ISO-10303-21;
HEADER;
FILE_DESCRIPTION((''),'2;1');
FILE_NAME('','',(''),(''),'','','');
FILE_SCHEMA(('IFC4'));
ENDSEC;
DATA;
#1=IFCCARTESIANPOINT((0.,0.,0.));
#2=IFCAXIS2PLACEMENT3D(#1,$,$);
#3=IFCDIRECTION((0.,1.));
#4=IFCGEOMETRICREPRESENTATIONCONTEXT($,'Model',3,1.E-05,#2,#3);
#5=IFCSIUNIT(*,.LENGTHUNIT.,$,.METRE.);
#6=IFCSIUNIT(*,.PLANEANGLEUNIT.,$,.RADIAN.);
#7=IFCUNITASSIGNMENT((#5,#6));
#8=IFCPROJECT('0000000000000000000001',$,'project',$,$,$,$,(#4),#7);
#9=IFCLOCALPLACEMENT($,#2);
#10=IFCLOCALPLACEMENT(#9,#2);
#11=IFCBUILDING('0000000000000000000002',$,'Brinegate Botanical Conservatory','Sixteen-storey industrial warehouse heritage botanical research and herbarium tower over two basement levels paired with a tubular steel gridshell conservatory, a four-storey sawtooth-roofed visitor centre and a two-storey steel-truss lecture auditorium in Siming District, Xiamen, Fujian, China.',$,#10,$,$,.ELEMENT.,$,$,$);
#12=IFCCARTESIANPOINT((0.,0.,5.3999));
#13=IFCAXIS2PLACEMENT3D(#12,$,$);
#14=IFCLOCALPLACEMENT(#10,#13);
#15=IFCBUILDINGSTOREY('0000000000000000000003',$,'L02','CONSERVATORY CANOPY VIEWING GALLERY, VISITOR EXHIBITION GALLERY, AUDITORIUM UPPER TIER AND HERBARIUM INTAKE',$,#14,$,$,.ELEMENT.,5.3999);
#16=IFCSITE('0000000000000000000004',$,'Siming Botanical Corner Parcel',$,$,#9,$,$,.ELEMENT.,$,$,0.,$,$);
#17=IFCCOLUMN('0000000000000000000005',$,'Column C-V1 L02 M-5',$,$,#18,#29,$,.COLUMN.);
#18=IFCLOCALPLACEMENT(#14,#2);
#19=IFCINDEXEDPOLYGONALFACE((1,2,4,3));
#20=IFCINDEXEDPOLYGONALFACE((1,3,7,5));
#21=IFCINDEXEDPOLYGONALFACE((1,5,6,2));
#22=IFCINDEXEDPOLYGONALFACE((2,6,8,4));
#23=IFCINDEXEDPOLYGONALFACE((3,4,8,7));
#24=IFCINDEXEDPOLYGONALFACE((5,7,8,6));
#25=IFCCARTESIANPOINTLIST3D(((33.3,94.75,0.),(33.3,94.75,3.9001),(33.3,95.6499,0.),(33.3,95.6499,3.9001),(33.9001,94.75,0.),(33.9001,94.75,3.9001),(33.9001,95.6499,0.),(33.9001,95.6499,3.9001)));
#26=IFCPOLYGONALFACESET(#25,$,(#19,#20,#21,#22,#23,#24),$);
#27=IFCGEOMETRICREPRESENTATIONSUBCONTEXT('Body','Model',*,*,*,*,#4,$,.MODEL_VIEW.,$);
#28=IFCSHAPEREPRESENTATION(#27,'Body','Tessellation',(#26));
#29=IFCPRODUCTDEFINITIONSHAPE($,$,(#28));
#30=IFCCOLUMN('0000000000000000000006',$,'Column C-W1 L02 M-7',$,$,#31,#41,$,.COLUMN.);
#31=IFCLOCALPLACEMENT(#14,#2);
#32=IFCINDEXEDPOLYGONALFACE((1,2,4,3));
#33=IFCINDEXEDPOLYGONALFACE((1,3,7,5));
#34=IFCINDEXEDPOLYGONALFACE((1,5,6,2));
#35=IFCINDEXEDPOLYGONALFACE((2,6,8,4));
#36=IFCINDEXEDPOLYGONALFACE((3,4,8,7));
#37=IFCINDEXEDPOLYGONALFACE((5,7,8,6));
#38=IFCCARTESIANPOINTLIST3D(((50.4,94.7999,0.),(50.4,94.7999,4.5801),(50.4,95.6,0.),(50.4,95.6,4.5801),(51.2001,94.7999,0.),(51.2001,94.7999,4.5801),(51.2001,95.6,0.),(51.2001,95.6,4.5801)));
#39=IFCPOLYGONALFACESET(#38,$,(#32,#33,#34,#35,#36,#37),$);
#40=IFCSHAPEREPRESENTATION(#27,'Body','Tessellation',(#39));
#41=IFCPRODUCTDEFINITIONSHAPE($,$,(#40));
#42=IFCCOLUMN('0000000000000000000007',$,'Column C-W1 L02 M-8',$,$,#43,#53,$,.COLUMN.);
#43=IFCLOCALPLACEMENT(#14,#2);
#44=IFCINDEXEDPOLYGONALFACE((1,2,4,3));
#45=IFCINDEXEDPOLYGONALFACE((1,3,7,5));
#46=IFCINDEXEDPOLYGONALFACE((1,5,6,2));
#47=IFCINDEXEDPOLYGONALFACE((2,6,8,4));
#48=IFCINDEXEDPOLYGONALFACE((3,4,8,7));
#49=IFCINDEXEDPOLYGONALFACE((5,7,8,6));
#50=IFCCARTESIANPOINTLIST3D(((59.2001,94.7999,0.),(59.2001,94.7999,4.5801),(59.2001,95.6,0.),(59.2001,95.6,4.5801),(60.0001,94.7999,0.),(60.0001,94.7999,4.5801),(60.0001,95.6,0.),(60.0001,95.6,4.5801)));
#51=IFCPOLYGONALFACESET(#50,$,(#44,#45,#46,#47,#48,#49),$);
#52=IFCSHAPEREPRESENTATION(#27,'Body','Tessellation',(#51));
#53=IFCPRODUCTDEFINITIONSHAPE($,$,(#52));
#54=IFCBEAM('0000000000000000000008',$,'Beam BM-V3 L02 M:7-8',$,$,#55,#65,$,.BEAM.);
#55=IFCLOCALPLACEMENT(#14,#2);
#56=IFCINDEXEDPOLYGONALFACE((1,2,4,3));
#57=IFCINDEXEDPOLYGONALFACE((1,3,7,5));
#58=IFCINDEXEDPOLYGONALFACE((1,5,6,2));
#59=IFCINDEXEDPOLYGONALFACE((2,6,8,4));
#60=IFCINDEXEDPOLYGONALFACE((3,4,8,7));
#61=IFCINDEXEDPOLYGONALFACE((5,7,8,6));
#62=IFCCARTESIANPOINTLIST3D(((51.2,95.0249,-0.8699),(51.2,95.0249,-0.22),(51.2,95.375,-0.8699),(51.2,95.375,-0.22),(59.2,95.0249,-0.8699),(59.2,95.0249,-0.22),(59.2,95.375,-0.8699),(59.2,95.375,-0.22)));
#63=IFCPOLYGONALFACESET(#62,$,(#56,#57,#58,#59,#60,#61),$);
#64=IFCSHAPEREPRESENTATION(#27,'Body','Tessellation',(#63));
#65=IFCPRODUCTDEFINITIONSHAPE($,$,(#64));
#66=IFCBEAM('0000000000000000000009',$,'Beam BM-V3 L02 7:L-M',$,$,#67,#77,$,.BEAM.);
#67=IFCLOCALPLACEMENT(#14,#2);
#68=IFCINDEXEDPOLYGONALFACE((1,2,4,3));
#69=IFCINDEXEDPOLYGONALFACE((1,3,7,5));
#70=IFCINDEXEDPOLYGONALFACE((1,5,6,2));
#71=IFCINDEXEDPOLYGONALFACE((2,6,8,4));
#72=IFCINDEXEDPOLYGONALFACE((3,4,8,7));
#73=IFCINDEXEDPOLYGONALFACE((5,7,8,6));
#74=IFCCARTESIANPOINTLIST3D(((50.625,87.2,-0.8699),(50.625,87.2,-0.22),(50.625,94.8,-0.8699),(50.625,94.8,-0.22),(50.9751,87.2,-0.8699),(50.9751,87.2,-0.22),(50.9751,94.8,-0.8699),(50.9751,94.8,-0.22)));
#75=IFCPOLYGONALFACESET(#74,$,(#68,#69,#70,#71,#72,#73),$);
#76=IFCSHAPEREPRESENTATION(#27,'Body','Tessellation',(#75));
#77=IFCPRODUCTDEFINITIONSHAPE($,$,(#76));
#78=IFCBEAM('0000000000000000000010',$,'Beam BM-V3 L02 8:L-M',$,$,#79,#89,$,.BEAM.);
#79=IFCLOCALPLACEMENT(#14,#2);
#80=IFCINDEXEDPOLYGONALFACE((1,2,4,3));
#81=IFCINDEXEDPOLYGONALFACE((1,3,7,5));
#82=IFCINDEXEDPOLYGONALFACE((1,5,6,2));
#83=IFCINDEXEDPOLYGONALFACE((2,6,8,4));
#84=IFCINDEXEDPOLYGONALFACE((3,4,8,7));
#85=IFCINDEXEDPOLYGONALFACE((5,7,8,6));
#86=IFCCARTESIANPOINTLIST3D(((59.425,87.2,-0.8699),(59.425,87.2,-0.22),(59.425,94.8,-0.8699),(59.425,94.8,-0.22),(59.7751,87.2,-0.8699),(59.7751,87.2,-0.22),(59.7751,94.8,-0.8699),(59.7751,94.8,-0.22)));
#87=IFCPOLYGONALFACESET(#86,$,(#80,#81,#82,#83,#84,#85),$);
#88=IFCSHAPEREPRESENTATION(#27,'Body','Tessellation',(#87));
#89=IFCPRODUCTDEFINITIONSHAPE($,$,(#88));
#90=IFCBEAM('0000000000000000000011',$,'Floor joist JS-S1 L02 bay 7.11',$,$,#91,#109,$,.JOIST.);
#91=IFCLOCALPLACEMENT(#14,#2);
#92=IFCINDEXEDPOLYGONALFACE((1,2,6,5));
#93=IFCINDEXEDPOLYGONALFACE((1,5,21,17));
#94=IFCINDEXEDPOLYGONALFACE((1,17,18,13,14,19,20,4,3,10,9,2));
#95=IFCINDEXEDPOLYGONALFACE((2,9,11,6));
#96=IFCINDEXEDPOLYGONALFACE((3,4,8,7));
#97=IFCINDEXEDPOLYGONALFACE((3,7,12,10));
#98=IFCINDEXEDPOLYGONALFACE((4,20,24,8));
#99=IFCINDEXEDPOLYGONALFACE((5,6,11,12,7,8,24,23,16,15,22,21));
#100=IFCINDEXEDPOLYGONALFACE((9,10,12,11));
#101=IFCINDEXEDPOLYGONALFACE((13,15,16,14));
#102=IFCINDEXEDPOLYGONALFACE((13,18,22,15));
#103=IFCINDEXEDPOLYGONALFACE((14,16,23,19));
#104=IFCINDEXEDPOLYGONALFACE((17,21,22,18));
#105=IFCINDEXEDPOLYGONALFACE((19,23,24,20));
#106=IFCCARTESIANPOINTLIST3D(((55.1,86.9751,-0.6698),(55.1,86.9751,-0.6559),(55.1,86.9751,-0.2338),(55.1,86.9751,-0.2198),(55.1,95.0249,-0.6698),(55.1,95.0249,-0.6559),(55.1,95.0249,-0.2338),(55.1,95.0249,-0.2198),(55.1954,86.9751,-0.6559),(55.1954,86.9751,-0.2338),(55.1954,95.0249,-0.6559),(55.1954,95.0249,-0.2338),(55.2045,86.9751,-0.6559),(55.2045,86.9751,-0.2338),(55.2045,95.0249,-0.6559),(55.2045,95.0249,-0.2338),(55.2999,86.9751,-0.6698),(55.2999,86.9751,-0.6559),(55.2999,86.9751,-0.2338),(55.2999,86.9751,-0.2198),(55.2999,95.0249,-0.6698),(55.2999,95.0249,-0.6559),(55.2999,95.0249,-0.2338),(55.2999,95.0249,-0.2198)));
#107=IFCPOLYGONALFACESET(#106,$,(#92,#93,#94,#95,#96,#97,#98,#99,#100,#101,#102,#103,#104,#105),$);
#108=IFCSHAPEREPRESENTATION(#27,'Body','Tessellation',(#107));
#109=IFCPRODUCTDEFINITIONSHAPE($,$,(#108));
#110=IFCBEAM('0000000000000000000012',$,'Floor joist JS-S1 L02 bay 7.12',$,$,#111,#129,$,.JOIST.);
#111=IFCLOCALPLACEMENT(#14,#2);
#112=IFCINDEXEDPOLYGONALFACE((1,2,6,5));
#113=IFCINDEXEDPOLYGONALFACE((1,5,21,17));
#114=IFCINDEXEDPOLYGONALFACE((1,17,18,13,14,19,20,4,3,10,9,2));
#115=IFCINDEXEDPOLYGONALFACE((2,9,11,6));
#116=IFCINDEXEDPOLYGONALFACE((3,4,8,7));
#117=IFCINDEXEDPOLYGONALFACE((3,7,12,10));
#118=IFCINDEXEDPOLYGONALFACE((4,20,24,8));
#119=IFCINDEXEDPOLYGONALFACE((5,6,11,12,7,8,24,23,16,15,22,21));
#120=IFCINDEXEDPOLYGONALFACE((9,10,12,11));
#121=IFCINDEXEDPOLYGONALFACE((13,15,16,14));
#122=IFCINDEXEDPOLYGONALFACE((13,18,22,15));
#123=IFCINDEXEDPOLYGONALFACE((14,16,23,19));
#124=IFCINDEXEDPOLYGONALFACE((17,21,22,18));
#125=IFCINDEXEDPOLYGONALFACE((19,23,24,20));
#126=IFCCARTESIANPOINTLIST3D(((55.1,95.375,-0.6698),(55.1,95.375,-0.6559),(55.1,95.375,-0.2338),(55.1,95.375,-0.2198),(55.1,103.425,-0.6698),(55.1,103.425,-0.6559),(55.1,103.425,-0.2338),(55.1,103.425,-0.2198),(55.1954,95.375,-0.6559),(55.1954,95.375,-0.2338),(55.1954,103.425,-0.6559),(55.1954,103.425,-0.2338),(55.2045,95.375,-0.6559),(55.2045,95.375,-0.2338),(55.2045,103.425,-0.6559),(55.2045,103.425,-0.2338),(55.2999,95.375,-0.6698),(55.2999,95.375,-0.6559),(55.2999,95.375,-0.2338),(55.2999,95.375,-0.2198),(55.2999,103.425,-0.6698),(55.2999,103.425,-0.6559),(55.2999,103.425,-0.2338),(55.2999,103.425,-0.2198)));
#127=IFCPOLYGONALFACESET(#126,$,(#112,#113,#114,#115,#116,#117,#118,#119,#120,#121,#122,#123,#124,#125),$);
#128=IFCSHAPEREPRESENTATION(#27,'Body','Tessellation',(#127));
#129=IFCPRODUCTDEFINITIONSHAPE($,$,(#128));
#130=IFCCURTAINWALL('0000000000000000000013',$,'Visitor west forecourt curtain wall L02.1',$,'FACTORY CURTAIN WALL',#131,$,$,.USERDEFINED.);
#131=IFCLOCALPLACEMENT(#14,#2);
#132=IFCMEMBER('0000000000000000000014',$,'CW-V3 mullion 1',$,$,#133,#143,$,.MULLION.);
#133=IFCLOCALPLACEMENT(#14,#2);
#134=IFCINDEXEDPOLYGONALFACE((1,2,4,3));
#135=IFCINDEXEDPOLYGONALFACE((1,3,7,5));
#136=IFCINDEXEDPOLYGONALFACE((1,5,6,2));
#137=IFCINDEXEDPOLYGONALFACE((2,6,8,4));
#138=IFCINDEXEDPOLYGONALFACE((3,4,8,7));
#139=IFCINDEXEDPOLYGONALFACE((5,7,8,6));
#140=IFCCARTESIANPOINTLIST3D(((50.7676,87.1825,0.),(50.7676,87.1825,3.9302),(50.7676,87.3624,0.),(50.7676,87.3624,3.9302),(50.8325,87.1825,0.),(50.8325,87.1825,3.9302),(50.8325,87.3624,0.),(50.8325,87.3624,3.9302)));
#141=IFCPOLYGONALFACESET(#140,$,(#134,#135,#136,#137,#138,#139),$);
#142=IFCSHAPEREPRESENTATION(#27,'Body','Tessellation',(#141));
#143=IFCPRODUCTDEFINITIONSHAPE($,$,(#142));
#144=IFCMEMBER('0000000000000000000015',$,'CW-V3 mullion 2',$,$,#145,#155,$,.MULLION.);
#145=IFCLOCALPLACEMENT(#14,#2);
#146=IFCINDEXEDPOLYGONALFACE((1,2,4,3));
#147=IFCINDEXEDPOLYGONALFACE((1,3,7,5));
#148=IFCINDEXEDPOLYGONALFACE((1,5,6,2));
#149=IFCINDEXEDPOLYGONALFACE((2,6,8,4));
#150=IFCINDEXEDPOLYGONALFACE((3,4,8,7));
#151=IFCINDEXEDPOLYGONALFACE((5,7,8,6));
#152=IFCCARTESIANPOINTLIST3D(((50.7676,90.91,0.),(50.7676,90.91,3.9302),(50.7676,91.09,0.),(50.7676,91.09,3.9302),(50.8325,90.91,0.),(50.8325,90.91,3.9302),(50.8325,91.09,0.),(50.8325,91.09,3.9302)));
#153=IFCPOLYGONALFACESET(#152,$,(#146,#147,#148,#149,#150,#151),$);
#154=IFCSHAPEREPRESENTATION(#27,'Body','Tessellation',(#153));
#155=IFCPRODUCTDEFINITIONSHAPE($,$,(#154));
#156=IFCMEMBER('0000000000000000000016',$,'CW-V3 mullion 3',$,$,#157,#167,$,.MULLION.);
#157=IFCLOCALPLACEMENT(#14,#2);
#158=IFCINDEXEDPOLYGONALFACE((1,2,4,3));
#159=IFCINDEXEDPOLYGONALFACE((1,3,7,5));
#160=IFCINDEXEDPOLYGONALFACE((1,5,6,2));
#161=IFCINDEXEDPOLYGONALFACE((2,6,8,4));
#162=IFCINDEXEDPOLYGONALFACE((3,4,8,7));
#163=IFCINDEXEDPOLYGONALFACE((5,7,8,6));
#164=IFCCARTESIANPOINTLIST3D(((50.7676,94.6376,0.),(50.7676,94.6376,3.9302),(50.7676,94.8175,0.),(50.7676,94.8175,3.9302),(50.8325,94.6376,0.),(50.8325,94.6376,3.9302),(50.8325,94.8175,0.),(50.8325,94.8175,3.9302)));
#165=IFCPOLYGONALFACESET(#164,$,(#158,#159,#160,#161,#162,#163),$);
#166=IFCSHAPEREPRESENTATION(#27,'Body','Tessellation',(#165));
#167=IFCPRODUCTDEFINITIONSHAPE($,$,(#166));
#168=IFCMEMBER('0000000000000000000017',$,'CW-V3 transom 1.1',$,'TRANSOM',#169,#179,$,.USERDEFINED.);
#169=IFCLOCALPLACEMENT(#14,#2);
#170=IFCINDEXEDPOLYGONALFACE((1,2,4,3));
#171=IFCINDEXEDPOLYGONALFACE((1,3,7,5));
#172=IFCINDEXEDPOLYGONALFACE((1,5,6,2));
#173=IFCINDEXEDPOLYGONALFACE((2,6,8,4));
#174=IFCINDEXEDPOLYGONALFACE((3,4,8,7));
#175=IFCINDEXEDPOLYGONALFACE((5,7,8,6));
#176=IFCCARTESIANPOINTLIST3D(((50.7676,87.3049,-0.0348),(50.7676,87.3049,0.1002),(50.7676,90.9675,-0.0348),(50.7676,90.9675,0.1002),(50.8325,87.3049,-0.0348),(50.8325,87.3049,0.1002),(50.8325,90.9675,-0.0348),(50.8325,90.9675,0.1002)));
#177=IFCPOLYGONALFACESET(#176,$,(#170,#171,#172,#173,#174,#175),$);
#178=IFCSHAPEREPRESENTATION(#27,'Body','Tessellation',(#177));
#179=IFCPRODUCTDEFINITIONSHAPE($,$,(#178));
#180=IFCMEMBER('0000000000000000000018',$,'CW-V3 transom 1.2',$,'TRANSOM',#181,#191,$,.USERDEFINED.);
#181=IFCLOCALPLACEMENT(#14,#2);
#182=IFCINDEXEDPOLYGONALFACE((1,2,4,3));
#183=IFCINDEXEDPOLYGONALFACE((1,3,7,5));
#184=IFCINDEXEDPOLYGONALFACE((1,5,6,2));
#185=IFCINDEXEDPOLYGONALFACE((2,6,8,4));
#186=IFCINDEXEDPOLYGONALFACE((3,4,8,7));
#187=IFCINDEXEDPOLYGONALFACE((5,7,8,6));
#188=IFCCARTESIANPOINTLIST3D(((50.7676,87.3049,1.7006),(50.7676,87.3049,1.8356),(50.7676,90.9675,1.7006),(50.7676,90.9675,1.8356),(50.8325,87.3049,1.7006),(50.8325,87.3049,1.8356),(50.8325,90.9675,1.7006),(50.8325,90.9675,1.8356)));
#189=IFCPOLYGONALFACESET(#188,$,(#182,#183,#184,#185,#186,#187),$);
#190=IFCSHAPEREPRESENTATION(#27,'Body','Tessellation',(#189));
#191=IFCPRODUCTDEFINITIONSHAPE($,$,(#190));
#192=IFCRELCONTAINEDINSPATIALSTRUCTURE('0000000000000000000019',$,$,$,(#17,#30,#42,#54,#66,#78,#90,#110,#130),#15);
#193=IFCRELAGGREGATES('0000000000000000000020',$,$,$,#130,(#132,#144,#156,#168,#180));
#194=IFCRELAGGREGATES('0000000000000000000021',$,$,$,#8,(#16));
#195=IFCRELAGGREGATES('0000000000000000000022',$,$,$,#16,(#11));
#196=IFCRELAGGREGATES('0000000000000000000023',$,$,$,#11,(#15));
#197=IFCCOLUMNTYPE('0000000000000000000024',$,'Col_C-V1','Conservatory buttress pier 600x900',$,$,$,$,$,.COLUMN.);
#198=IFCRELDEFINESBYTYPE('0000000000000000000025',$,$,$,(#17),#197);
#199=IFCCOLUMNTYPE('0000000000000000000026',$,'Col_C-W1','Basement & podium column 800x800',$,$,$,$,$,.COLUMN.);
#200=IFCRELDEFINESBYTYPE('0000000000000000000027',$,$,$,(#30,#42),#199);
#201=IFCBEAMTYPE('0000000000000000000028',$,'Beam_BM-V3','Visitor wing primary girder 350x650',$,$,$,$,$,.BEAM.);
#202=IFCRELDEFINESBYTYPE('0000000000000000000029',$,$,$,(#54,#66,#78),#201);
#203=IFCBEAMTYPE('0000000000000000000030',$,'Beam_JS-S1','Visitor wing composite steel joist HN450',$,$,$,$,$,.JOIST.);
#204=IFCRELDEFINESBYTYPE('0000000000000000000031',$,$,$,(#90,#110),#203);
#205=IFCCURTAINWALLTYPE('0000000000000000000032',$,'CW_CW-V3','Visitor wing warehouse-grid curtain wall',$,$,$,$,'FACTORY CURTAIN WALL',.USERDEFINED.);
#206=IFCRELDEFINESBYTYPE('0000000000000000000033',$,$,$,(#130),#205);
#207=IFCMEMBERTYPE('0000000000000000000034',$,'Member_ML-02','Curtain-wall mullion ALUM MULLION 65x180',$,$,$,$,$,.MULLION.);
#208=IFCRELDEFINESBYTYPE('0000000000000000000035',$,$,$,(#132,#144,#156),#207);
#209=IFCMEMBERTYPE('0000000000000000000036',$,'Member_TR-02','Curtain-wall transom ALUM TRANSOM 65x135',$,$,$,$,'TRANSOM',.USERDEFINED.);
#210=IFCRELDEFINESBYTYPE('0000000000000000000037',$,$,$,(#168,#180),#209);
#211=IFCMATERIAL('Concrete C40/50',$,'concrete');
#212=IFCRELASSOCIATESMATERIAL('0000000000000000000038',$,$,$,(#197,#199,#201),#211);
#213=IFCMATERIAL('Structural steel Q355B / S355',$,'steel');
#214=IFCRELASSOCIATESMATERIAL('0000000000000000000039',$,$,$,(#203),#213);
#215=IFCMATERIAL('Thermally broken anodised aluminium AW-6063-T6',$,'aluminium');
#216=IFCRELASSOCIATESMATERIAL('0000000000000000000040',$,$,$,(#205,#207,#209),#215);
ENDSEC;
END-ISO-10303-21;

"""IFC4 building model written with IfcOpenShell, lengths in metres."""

from ifc_helpers import new_model, si_unit, direction, frame, origin, origin_2d, place, context, subcontext, project, spatial, rectangle, i_section, extrude, material, material_profile, profile_set, type_object, element, aggregate, save


model = new_model("IFC4")

# Units and contexts
model_context = context("Model", 3, precision=1e-05, world=origin(), true_north=direction((0.0, 1.0)))
body_context = subcontext(model_context, "Body", "Model", "MODEL_VIEW")
ifc_project = project(units=[si_unit("LENGTHUNIT", "METRE"), si_unit("PLANEANGLEUNIT", "RADIAN")], contexts=[model_context])

# Site, building, storey
site_placement = place(None, origin())
site = spatial("IfcSite", under=ifc_project, at=site_placement, Name="Siming Botanical Corner Parcel", CompositionType="ELEMENT", RefElevation=0.0)
building_placement = place(site_placement, origin())
building = spatial("IfcBuilding", under=site, at=building_placement, Name="Brinegate Botanical Conservatory", Description="Sixteen-storey industrial warehouse heritage botanical research and herbarium tower over two basement levels paired with a tubular steel gridshell conservatory, a four-storey sawtooth-roofed visitor centre and a two-storey steel-truss lecture auditorium in Siming District, Xiamen, Fujian, China.", CompositionType="ELEMENT")
storey_placement = place(building_placement, frame((0.0, 0.0, 5.3999)))
storey = spatial("IfcBuildingStorey", under=building, at=storey_placement, Name="L02", Description="CONSERVATORY CANOPY VIEWING GALLERY, VISITOR EXHIBITION GALLERY, AUDITORIUM UPPER TIER AND HERBARIUM INTAKE", CompositionType="ELEMENT", Elevation=5.3999)

# Columns
ifc_material_1 = material(Name="Concrete C40/50", Category="concrete")
ifc_material_profile_1 = material_profile(ifc_material_1, rectangle(XDim=0.6001, YDim=0.8999, at=origin_2d()), Name="RC PIER 600x900")
ifc_profile_set_1 = profile_set([ifc_material_profile_1], Name="Concrete C40/50")
column_type_1 = type_object("IfcColumnType", Name="Col_C-V1", Description="Conservatory buttress pier 600x900", PredefinedType="COLUMN", material=ifc_profile_set_1)
column_placement = place(storey_placement, frame((33.6001, 95.2, 0.0), z_axis=(0.0, 0.0, 1.0), x_axis=(1.0, 0.0, 0.0)))
element("IfcColumn", 1, at=column_placement, inside=storey, type_object=column_type_1, Name="Column C-V1 L02 M-5", PredefinedType="COLUMN", context=body_context, shape_type="SweptSolid", body=[
    extrude(rectangle(XDim=0.6001, YDim=0.8999, at=origin_2d()), origin(), (0.0, 0.0, 1.0), 3.9001),
])
ifc_material_profile_2 = material_profile(ifc_material_1, rectangle(XDim=0.8, YDim=0.8, at=origin_2d()), Name="RC COL 800x800")
ifc_profile_set_2 = profile_set([ifc_material_profile_2], Name="Concrete C40/50")
column_type_2 = type_object("IfcColumnType", Name="Col_C-W1", Description="Basement & podium column 800x800", PredefinedType="COLUMN", material=ifc_profile_set_2)
for number, where, z_axis, x_axis, name in (
    (2, (50.8, 95.2, 0.0), (0.0, 0.0, 1.0), (1.0, 0.0, 0.0), "Column C-W1 L02 M-7"),
    (3, (59.6001, 95.2, 0.0), (0.0, 0.0, 1.0), (1.0, 0.0, 0.0), "Column C-W1 L02 M-8"),
):
    element("IfcColumn", number, at=place(storey_placement, frame(where, z_axis=z_axis, x_axis=x_axis)), inside=storey, type_object=column_type_2, Name=name, PredefinedType="COLUMN", context=body_context, shape_type="SweptSolid", body=[
        extrude(rectangle(XDim=0.8, YDim=0.8, at=origin_2d()), origin(), (0.0, 0.0, 1.0), 4.5801),
    ])

# Beams
ifc_material_profile_3 = material_profile(ifc_material_1, rectangle(XDim=0.3501, YDim=0.6499, at=origin_2d()), Name="RC BM 350x650")
ifc_profile_set_3 = profile_set([ifc_material_profile_3], Name="Concrete C40/50")
beam_type_1 = type_object("IfcBeamType", Name="Beam_BM-V3", Description="Visitor wing primary girder 350x650", PredefinedType="BEAM", material=ifc_profile_set_3)
beam_1_placement = place(storey_placement, frame((51.2, 95.2, -0.5449), z_axis=(1.0, 0.0, 0.0), x_axis=(0.0, 1.0, 0.0)))
element("IfcBeam", 4, at=beam_1_placement, inside=storey, type_object=beam_type_1, Name="Beam BM-V3 L02 M:7-8", PredefinedType="BEAM", context=body_context, shape_type="SweptSolid", body=[
    extrude(rectangle(XDim=0.3501, YDim=0.6499, at=origin_2d()), origin(), (0.0, 0.0, 1.0), 8.0),
])
for number, where, z_axis, x_axis, name in (
    (5, (50.8, 87.2, -0.5449), (0.0, 1.0, 0.0), (-1.0, 0.0, 0.0), "Beam BM-V3 L02 7:L-M"),
    (6, (59.6001, 87.2, -0.5449), (0.0, 1.0, 0.0), (-1.0, 0.0, 0.0), "Beam BM-V3 L02 8:L-M"),
):
    element("IfcBeam", number, at=place(storey_placement, frame(where, z_axis=z_axis, x_axis=x_axis)), inside=storey, type_object=beam_type_1, Name=name, PredefinedType="BEAM", context=body_context, shape_type="SweptSolid", body=[
        extrude(rectangle(XDim=0.3501, YDim=0.6499, at=origin_2d()), origin(), (0.0, 0.0, 1.0), 7.6001),
    ])
ifc_material_2 = material(Name="Structural steel Q355B / S355", Category="steel")
ifc_material_profile_4 = material_profile(ifc_material_2, i_section(OverallWidth=0.2, OverallDepth=0.45, WebThickness=0.009, FlangeThickness=0.0139, at=origin_2d()), Name="HN 450x200x9x14")
ifc_profile_set_4 = profile_set([ifc_material_profile_4], Name="Structural steel Q355B / S355")
beam_type_2 = type_object("IfcBeamType", Name="Beam_JS-S1", Description="Visitor wing composite steel joist HN450", PredefinedType="JOIST", material=ifc_profile_set_4)
beam_2_placement = place(storey_placement, frame((55.2, 86.9751, -0.4448), z_axis=(0.0, 1.0, 0.0), x_axis=(-1.0, 0.0, 0.0)))
element("IfcBeam", 7, at=beam_2_placement, inside=storey, type_object=beam_type_2, Name="Floor joist JS-S1 L02 bay 7.11", PredefinedType="JOIST", context=body_context, shape_type="SweptSolid", body=[
    extrude(i_section(OverallWidth=0.2, OverallDepth=0.45, WebThickness=0.009, FlangeThickness=0.0139, at=origin_2d()), origin(), (0.0, 0.0, 1.0), 8.0498),
])
beam_3_placement = place(storey_placement, frame((55.2, 95.375, -0.4448), z_axis=(0.0, 1.0, 0.0), x_axis=(-1.0, 0.0, 0.0)))
element("IfcBeam", 8, at=beam_3_placement, inside=storey, type_object=beam_type_2, Name="Floor joist JS-S1 L02 bay 7.12", PredefinedType="JOIST", context=body_context, shape_type="SweptSolid", body=[
    extrude(i_section(OverallWidth=0.2, OverallDepth=0.45, WebThickness=0.009, FlangeThickness=0.0139, at=origin_2d()), origin(), (0.0, 0.0, 1.0), 8.05),
])

# Curtain wall, members
ifc_material_3 = material(Name="Thermally broken anodised aluminium AW-6063-T6", Category="aluminium")
curtain_wall_type = type_object("IfcCurtainWallType", Name="CW_CW-V3", Description="Visitor wing warehouse-grid curtain wall", ElementType="FACTORY CURTAIN WALL", PredefinedType="USERDEFINED", material=ifc_material_3)
curtain_wall_placement = place(storey_placement, origin())
curtain_wall = element("IfcCurtainWall", 9, at=curtain_wall_placement, inside=storey, type_object=curtain_wall_type, Name="Visitor west forecourt curtain wall L02.1", ObjectType="FACTORY CURTAIN WALL", PredefinedType="USERDEFINED")
ifc_material_profile_5 = material_profile(ifc_material_3, rectangle(XDim=0.0649, YDim=0.1799, at=origin_2d()), Name="ALUM MULLION 65x180")
ifc_profile_set_5 = profile_set([ifc_material_profile_5], Name="Thermally broken anodised aluminium AW-6063-T6")
member_type_1 = type_object("IfcMemberType", Name="Member_ML-02", Description="Curtain-wall mullion ALUM MULLION 65x180", PredefinedType="MULLION", material=ifc_profile_set_5)
member_1_placement = place(storey_placement, frame((50.8, 87.2725, 0.0), z_axis=(0.0, 0.0, 1.0), x_axis=(-1.0, 0.0, 0.0)))
member_1 = element("IfcMember", 10, at=member_1_placement, type_object=member_type_1, Name="CW-V3 mullion 1", PredefinedType="MULLION", context=body_context, shape_type="SweptSolid", body=[
    extrude(rectangle(XDim=0.0649, YDim=0.1799, at=origin_2d()), origin(), (0.0, 0.0, 1.0), 3.9302),
])
member_2_placement = place(storey_placement, frame((50.8, 91.0, 0.0), z_axis=(0.0, 0.0, 1.0), x_axis=(-1.0, 0.0, 0.0)))
member_2 = element("IfcMember", 11, at=member_2_placement, type_object=member_type_1, Name="CW-V3 mullion 2", PredefinedType="MULLION", context=body_context, shape_type="SweptSolid", body=[
    extrude(rectangle(XDim=0.0649, YDim=0.1799, at=origin_2d()), origin(), (0.0, 0.0, 1.0), 3.9302),
])
member_3_placement = place(storey_placement, frame((50.8, 94.7275, 0.0), z_axis=(0.0, 0.0, 1.0), x_axis=(-1.0, 0.0, 0.0)))
member_3 = element("IfcMember", 12, at=member_3_placement, type_object=member_type_1, Name="CW-V3 mullion 3", PredefinedType="MULLION", context=body_context, shape_type="SweptSolid", body=[
    extrude(rectangle(XDim=0.0649, YDim=0.1799, at=origin_2d()), origin(), (0.0, 0.0, 1.0), 3.9302),
])
ifc_material_profile_6 = material_profile(ifc_material_3, rectangle(XDim=0.0649, YDim=0.135, at=origin_2d()), Name="ALUM TRANSOM 65x135")
ifc_profile_set_6 = profile_set([ifc_material_profile_6], Name="Thermally broken anodised aluminium AW-6063-T6")
member_type_2 = type_object("IfcMemberType", Name="Member_TR-02", Description="Curtain-wall transom ALUM TRANSOM 65x135", ElementType="TRANSOM", PredefinedType="USERDEFINED", material=ifc_profile_set_6)
member_4_placement = place(storey_placement, frame((50.8, 87.3049, 0.0327), z_axis=(0.0, 1.0, 0.0), x_axis=(-1.0, 0.0, 0.0)))
member_4 = element("IfcMember", 13, at=member_4_placement, type_object=member_type_2, Name="CW-V3 transom 1.1", ObjectType="TRANSOM", PredefinedType="USERDEFINED", context=body_context, shape_type="SweptSolid", body=[
    extrude(rectangle(XDim=0.0649, YDim=0.135, at=origin_2d()), origin(), (0.0, 0.0, 1.0), 3.6626),
])
member_5_placement = place(storey_placement, frame((50.8, 87.3049, 1.7681), z_axis=(0.0, 1.0, 0.0), x_axis=(-1.0, 0.0, 0.0)))
member_5 = element("IfcMember", 14, at=member_5_placement, type_object=member_type_2, Name="CW-V3 transom 1.2", ObjectType="TRANSOM", PredefinedType="USERDEFINED", context=body_context, shape_type="SweptSolid", body=[
    extrude(rectangle(XDim=0.0649, YDim=0.135, at=origin_2d()), origin(), (0.0, 0.0, 1.0), 3.6626),
])
aggregate(curtain_wall, [member_1, member_2, member_3, member_4, member_5])

save(model, "model.ifc")
